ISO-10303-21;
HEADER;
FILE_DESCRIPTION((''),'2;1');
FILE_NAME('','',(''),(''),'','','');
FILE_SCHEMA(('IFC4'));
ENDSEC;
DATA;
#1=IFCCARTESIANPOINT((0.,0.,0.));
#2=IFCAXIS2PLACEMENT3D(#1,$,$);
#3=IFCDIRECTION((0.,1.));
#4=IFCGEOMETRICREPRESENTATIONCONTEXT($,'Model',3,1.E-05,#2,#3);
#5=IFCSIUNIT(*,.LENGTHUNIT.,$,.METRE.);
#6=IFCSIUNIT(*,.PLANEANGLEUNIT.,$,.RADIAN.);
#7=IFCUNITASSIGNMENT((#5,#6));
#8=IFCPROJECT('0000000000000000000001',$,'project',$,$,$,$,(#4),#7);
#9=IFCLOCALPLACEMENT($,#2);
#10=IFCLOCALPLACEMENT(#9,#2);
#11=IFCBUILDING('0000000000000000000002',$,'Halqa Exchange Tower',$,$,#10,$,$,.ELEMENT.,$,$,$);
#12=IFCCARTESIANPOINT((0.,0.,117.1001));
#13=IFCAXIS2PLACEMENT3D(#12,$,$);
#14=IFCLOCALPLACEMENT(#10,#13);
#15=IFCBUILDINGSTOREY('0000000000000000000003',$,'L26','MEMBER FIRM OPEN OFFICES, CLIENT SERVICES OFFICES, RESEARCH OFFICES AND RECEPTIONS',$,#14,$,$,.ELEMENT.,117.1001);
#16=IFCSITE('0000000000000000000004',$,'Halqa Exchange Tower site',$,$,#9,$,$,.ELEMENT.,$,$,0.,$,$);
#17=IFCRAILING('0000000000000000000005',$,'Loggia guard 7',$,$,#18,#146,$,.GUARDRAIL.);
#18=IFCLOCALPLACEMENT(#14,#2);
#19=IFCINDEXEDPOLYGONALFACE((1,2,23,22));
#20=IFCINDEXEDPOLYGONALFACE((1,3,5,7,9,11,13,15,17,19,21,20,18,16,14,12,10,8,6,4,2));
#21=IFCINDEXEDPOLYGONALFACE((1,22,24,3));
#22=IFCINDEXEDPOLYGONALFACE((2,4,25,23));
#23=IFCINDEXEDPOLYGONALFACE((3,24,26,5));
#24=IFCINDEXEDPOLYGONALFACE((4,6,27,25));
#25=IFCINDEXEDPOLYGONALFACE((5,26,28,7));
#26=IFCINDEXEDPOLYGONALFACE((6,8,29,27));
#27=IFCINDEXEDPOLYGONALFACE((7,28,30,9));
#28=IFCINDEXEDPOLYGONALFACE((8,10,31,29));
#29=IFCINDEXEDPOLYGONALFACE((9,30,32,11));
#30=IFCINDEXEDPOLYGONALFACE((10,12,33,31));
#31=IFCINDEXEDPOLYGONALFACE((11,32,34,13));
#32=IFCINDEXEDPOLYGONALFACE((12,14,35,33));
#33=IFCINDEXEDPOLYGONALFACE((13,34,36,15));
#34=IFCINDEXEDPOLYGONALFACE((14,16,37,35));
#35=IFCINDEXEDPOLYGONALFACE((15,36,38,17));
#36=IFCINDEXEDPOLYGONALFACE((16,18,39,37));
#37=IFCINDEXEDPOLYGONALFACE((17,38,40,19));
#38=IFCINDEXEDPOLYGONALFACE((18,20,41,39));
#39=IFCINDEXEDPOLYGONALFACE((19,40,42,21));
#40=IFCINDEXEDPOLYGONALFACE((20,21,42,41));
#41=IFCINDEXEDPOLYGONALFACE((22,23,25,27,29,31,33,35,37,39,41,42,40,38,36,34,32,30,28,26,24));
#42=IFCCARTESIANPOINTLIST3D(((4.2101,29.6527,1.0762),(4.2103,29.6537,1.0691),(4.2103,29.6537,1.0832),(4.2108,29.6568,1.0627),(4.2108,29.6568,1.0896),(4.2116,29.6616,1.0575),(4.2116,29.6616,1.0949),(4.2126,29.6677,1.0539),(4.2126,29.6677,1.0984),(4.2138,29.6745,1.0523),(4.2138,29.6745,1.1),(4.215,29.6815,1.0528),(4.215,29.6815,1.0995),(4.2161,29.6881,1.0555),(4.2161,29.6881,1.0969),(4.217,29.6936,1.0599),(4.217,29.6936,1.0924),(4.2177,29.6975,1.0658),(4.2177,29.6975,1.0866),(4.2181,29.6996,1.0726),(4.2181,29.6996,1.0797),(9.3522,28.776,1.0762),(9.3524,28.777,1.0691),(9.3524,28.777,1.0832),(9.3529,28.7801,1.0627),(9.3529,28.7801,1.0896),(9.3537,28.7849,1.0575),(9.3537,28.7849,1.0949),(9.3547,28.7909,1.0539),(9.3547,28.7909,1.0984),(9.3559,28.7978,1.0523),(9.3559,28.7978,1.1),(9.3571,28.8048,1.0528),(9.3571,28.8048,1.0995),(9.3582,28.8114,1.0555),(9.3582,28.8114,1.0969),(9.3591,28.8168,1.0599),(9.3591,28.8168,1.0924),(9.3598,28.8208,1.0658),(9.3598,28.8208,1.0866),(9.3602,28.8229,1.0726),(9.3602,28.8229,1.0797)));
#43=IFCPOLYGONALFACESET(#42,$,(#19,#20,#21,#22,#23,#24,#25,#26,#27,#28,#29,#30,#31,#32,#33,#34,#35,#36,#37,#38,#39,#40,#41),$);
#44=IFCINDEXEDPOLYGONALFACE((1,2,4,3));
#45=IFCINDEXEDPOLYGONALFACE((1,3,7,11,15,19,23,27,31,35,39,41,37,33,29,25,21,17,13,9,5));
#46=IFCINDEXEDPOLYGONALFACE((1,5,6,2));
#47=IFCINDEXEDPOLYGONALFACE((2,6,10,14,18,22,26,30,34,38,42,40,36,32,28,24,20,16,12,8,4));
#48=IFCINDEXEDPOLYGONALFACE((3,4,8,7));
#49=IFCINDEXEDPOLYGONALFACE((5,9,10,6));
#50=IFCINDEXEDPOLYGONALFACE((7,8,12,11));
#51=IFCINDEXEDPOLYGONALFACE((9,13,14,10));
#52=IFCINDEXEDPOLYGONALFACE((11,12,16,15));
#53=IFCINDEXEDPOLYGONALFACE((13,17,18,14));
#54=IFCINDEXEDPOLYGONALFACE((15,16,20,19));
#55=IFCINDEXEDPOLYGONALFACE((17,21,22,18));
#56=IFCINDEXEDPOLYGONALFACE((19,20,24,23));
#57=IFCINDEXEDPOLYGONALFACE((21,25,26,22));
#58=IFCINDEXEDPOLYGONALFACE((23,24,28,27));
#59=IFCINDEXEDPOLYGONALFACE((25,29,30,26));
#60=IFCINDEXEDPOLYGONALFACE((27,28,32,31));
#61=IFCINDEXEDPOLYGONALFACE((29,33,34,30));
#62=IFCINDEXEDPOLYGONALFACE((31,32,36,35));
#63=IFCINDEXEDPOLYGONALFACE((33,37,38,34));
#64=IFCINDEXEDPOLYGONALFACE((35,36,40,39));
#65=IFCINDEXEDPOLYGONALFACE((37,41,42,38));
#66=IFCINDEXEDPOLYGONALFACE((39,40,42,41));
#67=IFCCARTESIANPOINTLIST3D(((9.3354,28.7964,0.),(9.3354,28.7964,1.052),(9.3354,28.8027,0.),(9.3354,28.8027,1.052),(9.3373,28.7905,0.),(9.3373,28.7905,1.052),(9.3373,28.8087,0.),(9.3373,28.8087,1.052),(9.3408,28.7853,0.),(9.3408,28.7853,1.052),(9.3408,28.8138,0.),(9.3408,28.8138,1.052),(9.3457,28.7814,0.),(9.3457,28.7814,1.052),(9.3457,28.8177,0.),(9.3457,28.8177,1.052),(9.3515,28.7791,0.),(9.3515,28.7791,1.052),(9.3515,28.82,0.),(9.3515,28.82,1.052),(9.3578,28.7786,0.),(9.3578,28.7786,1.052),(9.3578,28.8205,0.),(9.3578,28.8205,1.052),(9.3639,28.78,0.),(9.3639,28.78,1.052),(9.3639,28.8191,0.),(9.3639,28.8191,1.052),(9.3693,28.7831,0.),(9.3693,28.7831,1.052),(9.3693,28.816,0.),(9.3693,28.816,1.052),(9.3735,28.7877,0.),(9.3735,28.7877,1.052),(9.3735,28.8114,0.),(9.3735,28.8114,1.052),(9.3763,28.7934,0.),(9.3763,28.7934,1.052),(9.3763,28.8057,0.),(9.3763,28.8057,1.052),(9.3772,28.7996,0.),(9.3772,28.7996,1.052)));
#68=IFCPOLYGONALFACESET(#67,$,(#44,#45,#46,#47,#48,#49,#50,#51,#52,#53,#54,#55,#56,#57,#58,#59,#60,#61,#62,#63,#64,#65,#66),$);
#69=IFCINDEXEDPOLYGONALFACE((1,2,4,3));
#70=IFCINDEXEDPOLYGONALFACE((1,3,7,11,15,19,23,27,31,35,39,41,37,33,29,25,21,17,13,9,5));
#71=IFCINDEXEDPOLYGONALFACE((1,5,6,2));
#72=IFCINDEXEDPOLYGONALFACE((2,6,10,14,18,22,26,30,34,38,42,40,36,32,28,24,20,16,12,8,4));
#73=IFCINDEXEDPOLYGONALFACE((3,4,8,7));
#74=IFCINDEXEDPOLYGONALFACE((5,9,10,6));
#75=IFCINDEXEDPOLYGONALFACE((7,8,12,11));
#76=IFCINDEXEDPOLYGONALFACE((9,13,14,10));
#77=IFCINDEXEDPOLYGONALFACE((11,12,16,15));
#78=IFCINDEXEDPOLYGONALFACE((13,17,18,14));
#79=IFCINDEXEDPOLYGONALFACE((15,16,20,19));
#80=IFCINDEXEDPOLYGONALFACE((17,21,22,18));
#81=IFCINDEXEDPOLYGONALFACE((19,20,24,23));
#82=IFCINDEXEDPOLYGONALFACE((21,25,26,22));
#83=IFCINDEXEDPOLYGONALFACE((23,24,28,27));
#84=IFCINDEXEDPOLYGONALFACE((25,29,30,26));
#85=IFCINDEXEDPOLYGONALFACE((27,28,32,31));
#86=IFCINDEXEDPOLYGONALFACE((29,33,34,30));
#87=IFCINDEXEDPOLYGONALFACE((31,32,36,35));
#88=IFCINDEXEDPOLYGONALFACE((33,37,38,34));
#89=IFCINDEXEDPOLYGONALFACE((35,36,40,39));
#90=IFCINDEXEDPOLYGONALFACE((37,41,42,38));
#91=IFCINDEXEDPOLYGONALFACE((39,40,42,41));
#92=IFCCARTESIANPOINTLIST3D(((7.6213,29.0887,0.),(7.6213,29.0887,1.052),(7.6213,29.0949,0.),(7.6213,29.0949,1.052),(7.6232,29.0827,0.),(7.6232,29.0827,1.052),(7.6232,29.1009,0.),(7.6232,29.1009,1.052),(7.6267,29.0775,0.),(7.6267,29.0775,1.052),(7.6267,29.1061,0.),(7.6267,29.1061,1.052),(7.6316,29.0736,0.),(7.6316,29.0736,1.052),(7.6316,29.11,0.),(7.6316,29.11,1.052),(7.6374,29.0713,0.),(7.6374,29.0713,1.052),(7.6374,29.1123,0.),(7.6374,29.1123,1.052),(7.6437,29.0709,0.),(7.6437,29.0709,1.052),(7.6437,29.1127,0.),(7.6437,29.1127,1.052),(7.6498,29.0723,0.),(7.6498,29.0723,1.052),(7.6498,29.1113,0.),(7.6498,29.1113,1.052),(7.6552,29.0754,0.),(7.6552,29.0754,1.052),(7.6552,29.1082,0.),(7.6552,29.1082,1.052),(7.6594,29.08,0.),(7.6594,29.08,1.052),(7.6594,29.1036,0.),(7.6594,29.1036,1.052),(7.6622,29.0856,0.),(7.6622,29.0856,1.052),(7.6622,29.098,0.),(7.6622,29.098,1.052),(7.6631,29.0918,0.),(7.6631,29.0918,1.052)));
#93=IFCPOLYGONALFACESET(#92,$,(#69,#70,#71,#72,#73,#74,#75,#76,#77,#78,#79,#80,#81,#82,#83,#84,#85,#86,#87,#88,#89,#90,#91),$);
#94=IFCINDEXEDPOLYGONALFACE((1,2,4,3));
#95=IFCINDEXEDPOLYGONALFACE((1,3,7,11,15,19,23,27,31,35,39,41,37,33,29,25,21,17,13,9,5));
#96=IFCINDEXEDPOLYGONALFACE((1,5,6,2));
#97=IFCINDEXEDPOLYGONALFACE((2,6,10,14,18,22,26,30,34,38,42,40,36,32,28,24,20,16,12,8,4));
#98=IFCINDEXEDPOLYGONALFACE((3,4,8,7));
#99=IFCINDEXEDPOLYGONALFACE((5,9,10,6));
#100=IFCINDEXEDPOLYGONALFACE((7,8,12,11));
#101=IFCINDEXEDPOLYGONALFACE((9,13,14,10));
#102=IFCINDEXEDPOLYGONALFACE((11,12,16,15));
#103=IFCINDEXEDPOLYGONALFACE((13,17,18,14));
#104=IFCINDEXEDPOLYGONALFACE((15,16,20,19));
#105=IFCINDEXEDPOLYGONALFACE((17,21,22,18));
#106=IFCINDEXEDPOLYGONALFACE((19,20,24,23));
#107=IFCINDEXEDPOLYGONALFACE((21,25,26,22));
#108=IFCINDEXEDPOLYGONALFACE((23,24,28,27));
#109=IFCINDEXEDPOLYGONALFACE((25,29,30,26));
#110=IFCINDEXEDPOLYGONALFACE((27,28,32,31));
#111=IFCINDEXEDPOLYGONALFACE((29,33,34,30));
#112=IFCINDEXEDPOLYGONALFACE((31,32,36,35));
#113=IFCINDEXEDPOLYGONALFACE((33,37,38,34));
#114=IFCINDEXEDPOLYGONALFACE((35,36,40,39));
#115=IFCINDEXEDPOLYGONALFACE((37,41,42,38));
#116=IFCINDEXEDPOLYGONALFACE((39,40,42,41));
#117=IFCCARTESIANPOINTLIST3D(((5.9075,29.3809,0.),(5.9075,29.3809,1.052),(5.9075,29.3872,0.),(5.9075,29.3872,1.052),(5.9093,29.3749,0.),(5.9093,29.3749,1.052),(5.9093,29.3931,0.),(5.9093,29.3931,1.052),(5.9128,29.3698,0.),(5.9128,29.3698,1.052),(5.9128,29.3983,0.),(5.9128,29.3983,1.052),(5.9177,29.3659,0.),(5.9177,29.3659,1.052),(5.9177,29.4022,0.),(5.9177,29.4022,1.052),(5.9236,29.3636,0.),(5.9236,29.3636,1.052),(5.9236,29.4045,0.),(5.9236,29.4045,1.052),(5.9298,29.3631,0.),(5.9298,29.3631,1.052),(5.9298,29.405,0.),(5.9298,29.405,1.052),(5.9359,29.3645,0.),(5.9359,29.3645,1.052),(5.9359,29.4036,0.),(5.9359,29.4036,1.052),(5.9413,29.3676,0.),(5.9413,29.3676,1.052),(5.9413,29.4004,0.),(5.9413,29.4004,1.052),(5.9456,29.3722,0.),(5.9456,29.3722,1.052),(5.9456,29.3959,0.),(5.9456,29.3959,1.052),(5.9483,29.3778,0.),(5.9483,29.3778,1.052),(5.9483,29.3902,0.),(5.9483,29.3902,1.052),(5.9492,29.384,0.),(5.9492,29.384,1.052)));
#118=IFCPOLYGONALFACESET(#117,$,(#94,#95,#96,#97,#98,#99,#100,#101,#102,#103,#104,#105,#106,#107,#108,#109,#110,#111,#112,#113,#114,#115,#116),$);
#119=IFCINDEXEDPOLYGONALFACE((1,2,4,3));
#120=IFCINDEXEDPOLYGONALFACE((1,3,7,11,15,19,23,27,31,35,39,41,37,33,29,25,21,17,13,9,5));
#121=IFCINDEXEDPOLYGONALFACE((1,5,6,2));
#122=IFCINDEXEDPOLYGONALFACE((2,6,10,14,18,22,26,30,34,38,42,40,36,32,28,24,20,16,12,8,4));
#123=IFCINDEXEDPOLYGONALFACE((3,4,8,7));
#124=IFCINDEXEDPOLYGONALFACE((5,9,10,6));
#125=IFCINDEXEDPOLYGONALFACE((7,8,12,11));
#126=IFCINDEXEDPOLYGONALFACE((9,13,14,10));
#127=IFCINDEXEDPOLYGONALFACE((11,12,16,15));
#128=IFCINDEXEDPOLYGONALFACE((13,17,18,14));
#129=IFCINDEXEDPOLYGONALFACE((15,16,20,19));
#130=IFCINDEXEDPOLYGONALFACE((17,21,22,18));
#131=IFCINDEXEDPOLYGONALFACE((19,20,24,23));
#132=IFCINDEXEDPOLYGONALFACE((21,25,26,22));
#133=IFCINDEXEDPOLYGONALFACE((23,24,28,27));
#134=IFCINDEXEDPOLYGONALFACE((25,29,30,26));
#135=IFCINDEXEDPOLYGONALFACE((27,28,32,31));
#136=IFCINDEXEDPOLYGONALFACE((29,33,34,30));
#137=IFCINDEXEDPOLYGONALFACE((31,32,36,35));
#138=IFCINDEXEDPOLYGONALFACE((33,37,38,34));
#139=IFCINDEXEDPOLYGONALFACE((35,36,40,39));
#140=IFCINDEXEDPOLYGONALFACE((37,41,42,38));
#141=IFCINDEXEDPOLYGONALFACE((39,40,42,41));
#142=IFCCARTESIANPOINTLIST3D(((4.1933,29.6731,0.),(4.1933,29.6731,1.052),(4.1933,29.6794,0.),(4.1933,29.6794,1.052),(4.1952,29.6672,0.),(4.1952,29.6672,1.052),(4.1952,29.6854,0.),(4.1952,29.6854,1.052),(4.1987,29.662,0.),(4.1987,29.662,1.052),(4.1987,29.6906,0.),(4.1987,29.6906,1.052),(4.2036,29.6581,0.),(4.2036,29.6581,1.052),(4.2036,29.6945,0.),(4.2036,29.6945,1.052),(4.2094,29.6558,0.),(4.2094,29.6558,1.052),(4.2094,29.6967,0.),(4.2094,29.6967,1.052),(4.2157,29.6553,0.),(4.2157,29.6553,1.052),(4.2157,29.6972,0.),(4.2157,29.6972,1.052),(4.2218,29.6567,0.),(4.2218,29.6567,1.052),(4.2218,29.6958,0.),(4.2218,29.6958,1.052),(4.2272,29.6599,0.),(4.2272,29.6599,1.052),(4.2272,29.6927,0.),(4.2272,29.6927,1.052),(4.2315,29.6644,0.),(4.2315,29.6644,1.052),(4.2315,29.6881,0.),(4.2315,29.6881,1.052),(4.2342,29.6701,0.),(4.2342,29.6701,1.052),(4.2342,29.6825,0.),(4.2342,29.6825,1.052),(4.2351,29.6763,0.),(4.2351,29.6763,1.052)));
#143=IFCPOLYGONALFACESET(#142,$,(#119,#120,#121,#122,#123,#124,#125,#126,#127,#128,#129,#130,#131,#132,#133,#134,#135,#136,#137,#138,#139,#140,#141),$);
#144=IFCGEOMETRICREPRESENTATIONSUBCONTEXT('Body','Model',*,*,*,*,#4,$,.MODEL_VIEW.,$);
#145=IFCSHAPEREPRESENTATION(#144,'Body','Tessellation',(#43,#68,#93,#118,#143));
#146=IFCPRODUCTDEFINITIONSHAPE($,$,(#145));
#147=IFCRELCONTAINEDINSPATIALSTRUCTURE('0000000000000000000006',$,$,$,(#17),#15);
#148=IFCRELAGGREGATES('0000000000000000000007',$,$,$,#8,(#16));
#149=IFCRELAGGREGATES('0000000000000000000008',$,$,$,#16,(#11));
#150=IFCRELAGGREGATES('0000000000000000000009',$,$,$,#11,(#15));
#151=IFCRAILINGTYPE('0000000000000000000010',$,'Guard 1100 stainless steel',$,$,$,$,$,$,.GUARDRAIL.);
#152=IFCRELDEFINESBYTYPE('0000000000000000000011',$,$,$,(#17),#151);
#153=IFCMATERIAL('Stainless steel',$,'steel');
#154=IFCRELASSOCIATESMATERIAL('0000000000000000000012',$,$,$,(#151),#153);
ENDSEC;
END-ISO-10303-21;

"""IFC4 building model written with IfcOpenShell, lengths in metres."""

from ifc_helpers import new_model, si_unit, direction, frame, origin, origin_2d, place, context, subcontext, project, spatial, circle, extrude, material, type_object, element, save


model = new_model("IFC4")

# Units and contexts
model_context = context("Model", 3, precision=1e-05, world=origin(), true_north=direction((0.0, 1.0)))
body_context = subcontext(model_context, "Body", "Model", "MODEL_VIEW")
ifc_project = project(units=[si_unit("LENGTHUNIT", "METRE"), si_unit("PLANEANGLEUNIT", "RADIAN")], contexts=[model_context])

# Site, building, storey
site_placement = place(None, origin())
site = spatial("IfcSite", under=ifc_project, at=site_placement, Name="Halqa Exchange Tower site", CompositionType="ELEMENT", RefElevation=0.0)
building_placement = place(site_placement, origin())
building = spatial("IfcBuilding", under=site, at=building_placement, Name="Halqa Exchange Tower", CompositionType="ELEMENT")
storey_placement = place(building_placement, frame((0.0, 0.0, 117.1001)))
storey = spatial("IfcBuildingStorey", under=building, at=storey_placement, Name="L26", Description="MEMBER FIRM OPEN OFFICES, CLIENT SERVICES OFFICES, RESEARCH OFFICES AND RECEPTIONS", CompositionType="ELEMENT", Elevation=117.1001)

# Railing
ifc_material_1 = material(Name="Stainless steel", Category="steel")
railing_type_1 = type_object("IfcRailingType", Name="Guard 1100 stainless steel", PredefinedType="GUARDRAIL", material=ifc_material_1)
railing_1_placement = place(storey_placement, frame((9.3562, 28.7996, 0.0)))
element("IfcRailing", 1, at=railing_1_placement, inside=storey, type_object=railing_type_1, Name="Loggia guard 7", PredefinedType="GUARDRAIL", context=body_context, shape_type="SweptSolid", body=[
    extrude(circle(Radius=0.0239, at=origin_2d()), frame((0.0, 0.0, 1.0762), z_axis=(-0.985775, 0.168071, 0.0), x_axis=(-0.168071, -0.985775, 0.0)), (0.0, 0.0, 1.0), 5.2163),
    extrude(circle(Radius=0.021, at=origin_2d()), origin(), (0.0, 0.0, 1.0), 1.052),
    extrude(circle(Radius=0.021, at=origin_2d()), frame((-1.7141, 0.2922, 0.0)), (0.0, 0.0, 1.0), 1.052),
    extrude(circle(Radius=0.021, at=origin_2d()), frame((-3.428, 0.5845, 0.0)), (0.0, 0.0, 1.0), 1.052),
    extrude(circle(Radius=0.021, at=origin_2d()), frame((-5.1421, 0.8767, 0.0)), (0.0, 0.0, 1.0), 1.052),
])

save(model, "model.ifc")
